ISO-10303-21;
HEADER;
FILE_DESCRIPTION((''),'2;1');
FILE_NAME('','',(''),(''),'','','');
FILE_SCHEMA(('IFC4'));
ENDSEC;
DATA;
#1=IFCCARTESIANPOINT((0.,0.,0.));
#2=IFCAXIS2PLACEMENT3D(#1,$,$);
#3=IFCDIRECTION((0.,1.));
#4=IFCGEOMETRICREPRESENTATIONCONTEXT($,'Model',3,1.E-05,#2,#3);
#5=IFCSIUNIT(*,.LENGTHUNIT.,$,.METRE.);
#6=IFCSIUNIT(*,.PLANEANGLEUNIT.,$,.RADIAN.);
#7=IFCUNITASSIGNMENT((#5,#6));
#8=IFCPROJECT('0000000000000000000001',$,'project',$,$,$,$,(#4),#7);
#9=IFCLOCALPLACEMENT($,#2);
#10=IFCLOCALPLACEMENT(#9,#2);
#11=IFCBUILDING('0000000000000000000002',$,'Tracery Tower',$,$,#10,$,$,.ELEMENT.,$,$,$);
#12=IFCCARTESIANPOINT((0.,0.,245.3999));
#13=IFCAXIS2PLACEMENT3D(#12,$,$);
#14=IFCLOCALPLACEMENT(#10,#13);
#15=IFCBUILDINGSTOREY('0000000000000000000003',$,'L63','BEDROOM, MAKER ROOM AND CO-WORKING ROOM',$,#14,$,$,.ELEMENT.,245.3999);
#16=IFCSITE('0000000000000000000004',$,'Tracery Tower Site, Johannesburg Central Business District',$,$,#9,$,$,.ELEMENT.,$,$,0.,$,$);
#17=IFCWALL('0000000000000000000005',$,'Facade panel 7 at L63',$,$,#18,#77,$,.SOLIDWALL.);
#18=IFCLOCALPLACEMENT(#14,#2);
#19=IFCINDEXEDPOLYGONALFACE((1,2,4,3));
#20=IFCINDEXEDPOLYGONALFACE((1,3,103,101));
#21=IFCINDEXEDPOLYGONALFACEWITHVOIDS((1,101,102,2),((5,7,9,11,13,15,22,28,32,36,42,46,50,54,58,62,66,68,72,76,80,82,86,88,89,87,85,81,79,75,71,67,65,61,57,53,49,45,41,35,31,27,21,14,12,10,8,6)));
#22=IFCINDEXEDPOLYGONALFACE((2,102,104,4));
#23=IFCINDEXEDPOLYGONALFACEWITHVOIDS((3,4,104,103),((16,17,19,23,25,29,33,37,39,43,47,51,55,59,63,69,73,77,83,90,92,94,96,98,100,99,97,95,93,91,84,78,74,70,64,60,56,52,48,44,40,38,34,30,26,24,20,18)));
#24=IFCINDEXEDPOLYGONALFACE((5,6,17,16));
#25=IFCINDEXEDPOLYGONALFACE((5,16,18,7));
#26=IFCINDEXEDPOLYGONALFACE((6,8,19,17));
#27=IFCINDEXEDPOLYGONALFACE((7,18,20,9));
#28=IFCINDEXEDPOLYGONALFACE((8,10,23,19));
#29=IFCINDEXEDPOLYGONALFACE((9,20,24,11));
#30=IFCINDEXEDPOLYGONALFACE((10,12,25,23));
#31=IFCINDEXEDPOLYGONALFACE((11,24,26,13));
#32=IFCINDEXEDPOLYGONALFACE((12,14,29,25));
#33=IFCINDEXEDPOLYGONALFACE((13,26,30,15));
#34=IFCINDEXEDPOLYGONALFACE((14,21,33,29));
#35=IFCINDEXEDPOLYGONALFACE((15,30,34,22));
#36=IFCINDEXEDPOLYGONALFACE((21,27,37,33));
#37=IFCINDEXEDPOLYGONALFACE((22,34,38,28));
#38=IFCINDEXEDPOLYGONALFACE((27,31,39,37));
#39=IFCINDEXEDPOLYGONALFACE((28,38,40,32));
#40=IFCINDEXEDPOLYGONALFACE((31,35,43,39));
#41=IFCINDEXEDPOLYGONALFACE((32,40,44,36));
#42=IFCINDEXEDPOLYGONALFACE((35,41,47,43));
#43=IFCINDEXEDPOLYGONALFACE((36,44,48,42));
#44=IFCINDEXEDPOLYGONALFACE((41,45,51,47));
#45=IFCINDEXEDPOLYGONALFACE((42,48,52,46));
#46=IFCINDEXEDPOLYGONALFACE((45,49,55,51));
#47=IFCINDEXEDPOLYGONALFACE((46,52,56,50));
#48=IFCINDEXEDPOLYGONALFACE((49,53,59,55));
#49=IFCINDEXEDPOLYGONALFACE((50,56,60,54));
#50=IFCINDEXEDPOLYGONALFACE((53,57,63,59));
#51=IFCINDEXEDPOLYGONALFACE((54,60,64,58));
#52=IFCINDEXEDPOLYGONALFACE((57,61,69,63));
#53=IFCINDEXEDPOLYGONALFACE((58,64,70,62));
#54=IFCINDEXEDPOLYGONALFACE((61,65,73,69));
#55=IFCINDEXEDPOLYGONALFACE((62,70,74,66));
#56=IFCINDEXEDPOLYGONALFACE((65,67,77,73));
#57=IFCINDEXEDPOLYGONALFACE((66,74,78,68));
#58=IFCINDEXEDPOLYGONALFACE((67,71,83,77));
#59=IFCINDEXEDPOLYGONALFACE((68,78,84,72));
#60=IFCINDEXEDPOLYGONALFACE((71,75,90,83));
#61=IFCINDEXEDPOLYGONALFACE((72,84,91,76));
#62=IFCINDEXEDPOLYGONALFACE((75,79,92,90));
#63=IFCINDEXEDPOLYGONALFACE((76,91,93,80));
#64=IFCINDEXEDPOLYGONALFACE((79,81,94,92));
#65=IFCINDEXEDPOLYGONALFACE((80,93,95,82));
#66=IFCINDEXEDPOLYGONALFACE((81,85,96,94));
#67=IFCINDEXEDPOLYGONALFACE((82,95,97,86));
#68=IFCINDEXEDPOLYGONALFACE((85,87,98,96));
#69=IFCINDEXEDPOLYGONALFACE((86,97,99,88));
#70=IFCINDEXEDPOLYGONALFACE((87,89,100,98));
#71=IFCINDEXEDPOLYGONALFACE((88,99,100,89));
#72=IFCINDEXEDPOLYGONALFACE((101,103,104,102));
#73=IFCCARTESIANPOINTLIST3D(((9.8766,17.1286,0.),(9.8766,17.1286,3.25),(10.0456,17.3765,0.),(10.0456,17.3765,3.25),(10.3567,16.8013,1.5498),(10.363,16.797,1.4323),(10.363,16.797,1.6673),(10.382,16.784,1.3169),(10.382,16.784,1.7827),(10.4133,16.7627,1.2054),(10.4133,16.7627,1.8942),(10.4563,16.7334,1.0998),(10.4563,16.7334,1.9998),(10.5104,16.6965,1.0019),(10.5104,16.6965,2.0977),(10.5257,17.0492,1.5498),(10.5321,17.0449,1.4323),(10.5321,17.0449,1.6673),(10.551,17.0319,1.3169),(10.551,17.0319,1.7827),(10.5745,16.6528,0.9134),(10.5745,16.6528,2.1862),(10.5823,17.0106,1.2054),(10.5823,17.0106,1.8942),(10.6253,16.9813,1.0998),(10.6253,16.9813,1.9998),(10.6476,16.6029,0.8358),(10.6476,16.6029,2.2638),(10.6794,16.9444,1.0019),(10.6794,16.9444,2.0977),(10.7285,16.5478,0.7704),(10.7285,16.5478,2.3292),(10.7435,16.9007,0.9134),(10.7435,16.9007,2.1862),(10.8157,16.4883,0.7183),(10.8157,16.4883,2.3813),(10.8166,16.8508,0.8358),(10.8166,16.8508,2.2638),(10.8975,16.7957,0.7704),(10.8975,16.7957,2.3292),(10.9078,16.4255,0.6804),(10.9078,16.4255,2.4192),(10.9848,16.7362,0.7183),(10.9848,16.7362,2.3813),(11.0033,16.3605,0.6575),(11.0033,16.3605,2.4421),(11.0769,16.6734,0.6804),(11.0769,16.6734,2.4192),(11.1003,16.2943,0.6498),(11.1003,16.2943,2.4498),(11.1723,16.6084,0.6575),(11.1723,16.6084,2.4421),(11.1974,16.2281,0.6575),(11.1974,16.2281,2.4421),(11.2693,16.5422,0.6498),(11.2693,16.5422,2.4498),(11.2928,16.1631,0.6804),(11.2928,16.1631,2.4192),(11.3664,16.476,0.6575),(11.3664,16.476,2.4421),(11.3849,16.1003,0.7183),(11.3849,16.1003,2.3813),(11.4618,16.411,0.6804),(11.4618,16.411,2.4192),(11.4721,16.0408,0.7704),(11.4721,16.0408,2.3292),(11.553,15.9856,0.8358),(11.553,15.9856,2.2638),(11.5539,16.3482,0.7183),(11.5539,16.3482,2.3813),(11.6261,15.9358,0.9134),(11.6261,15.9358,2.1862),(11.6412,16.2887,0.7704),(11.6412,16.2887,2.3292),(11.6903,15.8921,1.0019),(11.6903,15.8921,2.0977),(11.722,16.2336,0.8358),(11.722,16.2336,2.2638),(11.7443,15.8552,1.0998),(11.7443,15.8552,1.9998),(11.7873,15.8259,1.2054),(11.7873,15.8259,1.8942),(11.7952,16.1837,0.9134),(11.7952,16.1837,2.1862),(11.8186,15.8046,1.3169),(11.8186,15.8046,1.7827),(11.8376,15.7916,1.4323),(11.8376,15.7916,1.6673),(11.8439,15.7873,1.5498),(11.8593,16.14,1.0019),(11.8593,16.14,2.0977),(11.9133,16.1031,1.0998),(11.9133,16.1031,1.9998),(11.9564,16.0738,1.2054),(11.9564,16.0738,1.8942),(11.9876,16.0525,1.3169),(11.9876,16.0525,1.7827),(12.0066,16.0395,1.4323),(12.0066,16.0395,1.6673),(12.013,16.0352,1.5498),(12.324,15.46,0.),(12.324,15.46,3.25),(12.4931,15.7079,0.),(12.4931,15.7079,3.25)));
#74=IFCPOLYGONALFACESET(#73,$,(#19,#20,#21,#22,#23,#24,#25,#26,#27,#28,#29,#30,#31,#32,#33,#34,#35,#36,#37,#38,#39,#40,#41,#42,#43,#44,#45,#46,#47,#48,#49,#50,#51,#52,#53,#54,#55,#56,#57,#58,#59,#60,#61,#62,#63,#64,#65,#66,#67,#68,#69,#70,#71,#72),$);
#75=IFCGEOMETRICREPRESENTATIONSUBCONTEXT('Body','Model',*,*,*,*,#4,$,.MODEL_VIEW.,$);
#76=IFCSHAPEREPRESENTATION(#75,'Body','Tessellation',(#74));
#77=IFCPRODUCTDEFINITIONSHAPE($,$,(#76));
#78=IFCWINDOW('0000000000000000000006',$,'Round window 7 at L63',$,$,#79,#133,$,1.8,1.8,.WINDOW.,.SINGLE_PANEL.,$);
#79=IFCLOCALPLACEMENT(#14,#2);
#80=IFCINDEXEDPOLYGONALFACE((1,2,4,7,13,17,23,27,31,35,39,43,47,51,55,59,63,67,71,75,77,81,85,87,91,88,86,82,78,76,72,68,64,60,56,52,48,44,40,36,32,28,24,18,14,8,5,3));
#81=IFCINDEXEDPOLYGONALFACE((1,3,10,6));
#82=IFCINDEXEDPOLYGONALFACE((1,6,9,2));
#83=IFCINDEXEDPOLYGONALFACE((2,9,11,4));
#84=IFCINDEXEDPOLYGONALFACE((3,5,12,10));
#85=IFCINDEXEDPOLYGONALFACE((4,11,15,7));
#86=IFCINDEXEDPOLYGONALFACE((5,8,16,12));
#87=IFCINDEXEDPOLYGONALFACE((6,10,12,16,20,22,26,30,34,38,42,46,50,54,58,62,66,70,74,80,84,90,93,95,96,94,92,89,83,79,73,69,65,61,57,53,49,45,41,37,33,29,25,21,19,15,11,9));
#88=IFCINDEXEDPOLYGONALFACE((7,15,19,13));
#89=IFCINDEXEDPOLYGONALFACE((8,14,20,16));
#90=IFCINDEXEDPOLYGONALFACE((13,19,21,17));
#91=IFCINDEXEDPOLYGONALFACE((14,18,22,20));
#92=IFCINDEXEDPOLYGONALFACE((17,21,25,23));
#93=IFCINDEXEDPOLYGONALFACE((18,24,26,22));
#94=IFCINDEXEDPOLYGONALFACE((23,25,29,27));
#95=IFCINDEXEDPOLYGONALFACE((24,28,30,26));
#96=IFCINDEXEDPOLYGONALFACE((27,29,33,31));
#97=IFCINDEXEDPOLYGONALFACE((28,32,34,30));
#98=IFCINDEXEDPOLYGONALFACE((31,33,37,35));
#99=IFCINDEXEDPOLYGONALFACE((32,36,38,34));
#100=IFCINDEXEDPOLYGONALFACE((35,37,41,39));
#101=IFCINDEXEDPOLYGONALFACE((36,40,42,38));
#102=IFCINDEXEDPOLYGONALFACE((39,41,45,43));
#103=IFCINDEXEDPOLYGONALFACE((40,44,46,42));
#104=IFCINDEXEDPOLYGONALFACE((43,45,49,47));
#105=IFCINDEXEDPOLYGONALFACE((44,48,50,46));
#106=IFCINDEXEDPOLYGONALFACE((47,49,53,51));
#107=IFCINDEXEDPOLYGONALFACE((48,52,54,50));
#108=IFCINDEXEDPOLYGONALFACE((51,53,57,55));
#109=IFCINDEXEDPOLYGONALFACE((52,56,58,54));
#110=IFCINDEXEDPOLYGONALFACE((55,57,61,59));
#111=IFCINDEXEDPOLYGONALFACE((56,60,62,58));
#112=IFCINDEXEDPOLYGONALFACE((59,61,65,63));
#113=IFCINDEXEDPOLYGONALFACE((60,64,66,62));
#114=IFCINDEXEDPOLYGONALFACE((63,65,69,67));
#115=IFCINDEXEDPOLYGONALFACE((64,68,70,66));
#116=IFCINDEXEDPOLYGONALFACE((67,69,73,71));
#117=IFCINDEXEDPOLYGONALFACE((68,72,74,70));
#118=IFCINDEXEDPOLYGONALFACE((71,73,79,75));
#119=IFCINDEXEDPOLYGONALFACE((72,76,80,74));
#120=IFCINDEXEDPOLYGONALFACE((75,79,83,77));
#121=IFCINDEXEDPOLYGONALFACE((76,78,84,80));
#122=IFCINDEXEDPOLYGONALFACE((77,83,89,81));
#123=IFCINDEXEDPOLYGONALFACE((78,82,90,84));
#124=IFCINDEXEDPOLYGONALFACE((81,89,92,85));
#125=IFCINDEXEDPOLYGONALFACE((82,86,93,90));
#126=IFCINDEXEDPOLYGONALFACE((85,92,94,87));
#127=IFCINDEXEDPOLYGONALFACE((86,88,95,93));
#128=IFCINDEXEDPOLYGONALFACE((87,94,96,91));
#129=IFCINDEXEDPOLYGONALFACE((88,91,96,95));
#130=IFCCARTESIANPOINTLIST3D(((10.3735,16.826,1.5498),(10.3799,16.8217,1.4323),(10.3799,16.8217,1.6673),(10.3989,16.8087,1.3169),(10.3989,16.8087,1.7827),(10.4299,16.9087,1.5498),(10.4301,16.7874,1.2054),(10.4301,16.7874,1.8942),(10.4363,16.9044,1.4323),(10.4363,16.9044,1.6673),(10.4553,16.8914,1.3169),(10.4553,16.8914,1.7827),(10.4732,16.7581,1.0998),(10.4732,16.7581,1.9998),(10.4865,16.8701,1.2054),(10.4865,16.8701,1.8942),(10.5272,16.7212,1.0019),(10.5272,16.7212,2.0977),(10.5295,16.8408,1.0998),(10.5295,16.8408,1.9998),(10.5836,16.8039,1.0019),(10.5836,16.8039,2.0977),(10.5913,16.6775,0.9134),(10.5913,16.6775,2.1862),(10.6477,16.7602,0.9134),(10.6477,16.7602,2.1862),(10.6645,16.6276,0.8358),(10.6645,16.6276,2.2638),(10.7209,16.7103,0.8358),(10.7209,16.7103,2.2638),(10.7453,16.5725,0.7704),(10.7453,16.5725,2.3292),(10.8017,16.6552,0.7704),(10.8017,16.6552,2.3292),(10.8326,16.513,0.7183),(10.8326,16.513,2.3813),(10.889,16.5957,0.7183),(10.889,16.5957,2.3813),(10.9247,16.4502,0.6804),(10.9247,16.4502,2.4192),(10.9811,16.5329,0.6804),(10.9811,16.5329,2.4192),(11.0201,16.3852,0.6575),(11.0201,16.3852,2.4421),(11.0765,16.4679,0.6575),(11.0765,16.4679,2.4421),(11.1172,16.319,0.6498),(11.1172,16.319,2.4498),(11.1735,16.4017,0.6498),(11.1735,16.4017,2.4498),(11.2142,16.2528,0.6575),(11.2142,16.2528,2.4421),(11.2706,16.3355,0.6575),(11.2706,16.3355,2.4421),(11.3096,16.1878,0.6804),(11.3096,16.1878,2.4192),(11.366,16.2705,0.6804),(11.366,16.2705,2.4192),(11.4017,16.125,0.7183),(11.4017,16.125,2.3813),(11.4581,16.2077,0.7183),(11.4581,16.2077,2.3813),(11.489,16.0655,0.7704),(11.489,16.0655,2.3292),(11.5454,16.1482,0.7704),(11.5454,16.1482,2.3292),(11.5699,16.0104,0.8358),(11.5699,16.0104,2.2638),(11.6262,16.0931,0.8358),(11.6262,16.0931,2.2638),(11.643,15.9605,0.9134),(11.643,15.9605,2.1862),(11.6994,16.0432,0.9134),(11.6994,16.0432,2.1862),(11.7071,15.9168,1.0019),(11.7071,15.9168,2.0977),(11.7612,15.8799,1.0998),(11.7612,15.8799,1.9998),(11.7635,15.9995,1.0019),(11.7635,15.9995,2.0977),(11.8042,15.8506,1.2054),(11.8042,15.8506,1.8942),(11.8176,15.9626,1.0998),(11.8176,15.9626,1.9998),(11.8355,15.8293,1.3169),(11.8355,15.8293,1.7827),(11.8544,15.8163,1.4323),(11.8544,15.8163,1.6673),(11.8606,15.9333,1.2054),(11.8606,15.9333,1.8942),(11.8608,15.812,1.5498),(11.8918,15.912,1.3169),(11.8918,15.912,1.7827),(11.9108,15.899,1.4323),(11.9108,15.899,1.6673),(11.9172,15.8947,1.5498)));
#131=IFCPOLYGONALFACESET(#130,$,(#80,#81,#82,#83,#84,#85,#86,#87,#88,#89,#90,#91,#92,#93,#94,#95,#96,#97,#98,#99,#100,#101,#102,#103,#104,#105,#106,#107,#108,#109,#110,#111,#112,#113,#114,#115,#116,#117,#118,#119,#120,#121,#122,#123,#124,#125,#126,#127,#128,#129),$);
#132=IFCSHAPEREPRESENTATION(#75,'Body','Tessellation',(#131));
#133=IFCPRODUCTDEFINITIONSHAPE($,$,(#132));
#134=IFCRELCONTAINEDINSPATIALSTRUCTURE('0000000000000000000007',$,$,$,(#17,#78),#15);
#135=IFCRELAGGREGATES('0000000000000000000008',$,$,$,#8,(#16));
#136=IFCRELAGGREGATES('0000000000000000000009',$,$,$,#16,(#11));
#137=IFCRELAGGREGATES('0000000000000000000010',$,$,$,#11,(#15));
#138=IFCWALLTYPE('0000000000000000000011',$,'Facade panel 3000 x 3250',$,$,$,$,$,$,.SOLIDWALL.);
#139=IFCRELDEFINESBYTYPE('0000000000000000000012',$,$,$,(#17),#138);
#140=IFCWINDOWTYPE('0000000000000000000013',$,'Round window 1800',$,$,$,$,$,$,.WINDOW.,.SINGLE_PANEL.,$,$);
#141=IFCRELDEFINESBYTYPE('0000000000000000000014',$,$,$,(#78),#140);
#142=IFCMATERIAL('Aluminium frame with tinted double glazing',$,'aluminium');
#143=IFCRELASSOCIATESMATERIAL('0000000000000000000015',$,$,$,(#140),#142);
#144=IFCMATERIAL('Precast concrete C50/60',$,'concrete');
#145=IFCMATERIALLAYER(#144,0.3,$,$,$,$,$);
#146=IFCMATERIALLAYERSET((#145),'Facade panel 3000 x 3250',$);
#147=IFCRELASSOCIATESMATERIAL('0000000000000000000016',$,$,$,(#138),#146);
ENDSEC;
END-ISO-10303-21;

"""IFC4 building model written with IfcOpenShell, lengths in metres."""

from ifc_helpers import new_model, si_unit, direction, frame, frame_2d, origin, origin_2d, place, context, subcontext, project, spatial, rectangle, circle, extrude, material, layer, layer_set, type_object, element, fill, save


model = new_model("IFC4")

# Units and contexts
model_context = context("Model", 3, precision=1e-05, world=origin(), true_north=direction((0.0, 1.0)))
body_context = subcontext(model_context, "Body", "Model", "MODEL_VIEW")
ifc_project = project(units=[si_unit("LENGTHUNIT", "METRE"), si_unit("PLANEANGLEUNIT", "RADIAN")], contexts=[model_context])

# Site, building, storey
site_placement = place(None, origin())
site = spatial("IfcSite", under=ifc_project, at=site_placement, Name="Tracery Tower Site, Johannesburg Central Business District", CompositionType="ELEMENT", RefElevation=0.0)
building_placement = place(site_placement, origin())
building = spatial("IfcBuilding", under=site, at=building_placement, Name="Tracery Tower", CompositionType="ELEMENT")
storey_placement = place(building_placement, frame((0.0, 0.0, 245.3999)))
storey = spatial("IfcBuildingStorey", under=building, at=storey_placement, Name="L63", Description="BEDROOM, MAKER ROOM AND CO-WORKING ROOM", CompositionType="ELEMENT", Elevation=245.3999)

# Wall, opening, window
ifc_material_1 = material(Name="Aluminium frame with tinted double glazing", Category="aluminium")
window_type = type_object("IfcWindowType", Name="Round window 1800", PartitioningType="SINGLE_PANEL", PredefinedType="WINDOW", material=ifc_material_1)
ifc_material_2 = material(Name="Precast concrete C50/60", Category="concrete")
ifc_layer_1 = layer(ifc_material_2, 0.3)
ifc_layer_set_1 = layer_set([ifc_layer_1], Name="Facade panel 3000 x 3250")
wall_type_1 = type_object("IfcWallType", Name="Facade panel 3000 x 3250", PredefinedType="SOLIDWALL", material=ifc_layer_set_1)
wall_1_placement = place(storey_placement, frame((12.4084, 15.584, 0.0), z_axis=(0.0, 0.0, 1.0), x_axis=(-0.826236, 0.563324, 0.0)))
wall_1 = element("IfcWall", 1, at=wall_1_placement, inside=storey, type_object=wall_type_1, Name="Facade panel 7 at L63", PredefinedType="SOLIDWALL", context=body_context, shape_type="SweptSolid", body=[
    extrude(rectangle(XDim=2.9622, YDim=0.3, at=frame_2d((1.481, 0.0))), origin(), (0.0, 0.0, 1.0), 3.25),
])
opening_1_placement = place(wall_1_placement, frame((1.481, 0.0, 1.5498)))
opening_1 = element("IfcOpeningElement", 2, at=opening_1_placement, cuts=wall_1, PredefinedType="OPENING", context=body_context, shape_type="SweptSolid", body=[
    extrude(circle(Radius=0.9, at=origin_2d()), frame((0.0, 0.1599, 0.0), z_axis=(0.0, -1.0, 0.0), x_axis=(1.0, 0.0, 0.0)), (0.0, 0.0, 1.0), 0.3201),
])
window_1_placement = place(opening_1_placement, origin())
window_1 = element("IfcWindow", 3, at=window_1_placement, inside=storey, type_object=window_type, Name="Round window 7 at L63", OverallHeight=1.8, OverallWidth=1.8, PartitioningType="SINGLE_PANEL", PredefinedType="WINDOW", context=body_context, shape_type="SweptSolid", body=[
    extrude(circle(Radius=0.9, at=origin_2d()), frame((0.0, 0.1201, 0.0), z_axis=(0.0, -1.0, 0.0), x_axis=(1.0, 0.0, 0.0)), (0.0, 0.0, 1.0), 0.1001),
])
fill(opening_1, window_1)

save(model, "model.ifc")
